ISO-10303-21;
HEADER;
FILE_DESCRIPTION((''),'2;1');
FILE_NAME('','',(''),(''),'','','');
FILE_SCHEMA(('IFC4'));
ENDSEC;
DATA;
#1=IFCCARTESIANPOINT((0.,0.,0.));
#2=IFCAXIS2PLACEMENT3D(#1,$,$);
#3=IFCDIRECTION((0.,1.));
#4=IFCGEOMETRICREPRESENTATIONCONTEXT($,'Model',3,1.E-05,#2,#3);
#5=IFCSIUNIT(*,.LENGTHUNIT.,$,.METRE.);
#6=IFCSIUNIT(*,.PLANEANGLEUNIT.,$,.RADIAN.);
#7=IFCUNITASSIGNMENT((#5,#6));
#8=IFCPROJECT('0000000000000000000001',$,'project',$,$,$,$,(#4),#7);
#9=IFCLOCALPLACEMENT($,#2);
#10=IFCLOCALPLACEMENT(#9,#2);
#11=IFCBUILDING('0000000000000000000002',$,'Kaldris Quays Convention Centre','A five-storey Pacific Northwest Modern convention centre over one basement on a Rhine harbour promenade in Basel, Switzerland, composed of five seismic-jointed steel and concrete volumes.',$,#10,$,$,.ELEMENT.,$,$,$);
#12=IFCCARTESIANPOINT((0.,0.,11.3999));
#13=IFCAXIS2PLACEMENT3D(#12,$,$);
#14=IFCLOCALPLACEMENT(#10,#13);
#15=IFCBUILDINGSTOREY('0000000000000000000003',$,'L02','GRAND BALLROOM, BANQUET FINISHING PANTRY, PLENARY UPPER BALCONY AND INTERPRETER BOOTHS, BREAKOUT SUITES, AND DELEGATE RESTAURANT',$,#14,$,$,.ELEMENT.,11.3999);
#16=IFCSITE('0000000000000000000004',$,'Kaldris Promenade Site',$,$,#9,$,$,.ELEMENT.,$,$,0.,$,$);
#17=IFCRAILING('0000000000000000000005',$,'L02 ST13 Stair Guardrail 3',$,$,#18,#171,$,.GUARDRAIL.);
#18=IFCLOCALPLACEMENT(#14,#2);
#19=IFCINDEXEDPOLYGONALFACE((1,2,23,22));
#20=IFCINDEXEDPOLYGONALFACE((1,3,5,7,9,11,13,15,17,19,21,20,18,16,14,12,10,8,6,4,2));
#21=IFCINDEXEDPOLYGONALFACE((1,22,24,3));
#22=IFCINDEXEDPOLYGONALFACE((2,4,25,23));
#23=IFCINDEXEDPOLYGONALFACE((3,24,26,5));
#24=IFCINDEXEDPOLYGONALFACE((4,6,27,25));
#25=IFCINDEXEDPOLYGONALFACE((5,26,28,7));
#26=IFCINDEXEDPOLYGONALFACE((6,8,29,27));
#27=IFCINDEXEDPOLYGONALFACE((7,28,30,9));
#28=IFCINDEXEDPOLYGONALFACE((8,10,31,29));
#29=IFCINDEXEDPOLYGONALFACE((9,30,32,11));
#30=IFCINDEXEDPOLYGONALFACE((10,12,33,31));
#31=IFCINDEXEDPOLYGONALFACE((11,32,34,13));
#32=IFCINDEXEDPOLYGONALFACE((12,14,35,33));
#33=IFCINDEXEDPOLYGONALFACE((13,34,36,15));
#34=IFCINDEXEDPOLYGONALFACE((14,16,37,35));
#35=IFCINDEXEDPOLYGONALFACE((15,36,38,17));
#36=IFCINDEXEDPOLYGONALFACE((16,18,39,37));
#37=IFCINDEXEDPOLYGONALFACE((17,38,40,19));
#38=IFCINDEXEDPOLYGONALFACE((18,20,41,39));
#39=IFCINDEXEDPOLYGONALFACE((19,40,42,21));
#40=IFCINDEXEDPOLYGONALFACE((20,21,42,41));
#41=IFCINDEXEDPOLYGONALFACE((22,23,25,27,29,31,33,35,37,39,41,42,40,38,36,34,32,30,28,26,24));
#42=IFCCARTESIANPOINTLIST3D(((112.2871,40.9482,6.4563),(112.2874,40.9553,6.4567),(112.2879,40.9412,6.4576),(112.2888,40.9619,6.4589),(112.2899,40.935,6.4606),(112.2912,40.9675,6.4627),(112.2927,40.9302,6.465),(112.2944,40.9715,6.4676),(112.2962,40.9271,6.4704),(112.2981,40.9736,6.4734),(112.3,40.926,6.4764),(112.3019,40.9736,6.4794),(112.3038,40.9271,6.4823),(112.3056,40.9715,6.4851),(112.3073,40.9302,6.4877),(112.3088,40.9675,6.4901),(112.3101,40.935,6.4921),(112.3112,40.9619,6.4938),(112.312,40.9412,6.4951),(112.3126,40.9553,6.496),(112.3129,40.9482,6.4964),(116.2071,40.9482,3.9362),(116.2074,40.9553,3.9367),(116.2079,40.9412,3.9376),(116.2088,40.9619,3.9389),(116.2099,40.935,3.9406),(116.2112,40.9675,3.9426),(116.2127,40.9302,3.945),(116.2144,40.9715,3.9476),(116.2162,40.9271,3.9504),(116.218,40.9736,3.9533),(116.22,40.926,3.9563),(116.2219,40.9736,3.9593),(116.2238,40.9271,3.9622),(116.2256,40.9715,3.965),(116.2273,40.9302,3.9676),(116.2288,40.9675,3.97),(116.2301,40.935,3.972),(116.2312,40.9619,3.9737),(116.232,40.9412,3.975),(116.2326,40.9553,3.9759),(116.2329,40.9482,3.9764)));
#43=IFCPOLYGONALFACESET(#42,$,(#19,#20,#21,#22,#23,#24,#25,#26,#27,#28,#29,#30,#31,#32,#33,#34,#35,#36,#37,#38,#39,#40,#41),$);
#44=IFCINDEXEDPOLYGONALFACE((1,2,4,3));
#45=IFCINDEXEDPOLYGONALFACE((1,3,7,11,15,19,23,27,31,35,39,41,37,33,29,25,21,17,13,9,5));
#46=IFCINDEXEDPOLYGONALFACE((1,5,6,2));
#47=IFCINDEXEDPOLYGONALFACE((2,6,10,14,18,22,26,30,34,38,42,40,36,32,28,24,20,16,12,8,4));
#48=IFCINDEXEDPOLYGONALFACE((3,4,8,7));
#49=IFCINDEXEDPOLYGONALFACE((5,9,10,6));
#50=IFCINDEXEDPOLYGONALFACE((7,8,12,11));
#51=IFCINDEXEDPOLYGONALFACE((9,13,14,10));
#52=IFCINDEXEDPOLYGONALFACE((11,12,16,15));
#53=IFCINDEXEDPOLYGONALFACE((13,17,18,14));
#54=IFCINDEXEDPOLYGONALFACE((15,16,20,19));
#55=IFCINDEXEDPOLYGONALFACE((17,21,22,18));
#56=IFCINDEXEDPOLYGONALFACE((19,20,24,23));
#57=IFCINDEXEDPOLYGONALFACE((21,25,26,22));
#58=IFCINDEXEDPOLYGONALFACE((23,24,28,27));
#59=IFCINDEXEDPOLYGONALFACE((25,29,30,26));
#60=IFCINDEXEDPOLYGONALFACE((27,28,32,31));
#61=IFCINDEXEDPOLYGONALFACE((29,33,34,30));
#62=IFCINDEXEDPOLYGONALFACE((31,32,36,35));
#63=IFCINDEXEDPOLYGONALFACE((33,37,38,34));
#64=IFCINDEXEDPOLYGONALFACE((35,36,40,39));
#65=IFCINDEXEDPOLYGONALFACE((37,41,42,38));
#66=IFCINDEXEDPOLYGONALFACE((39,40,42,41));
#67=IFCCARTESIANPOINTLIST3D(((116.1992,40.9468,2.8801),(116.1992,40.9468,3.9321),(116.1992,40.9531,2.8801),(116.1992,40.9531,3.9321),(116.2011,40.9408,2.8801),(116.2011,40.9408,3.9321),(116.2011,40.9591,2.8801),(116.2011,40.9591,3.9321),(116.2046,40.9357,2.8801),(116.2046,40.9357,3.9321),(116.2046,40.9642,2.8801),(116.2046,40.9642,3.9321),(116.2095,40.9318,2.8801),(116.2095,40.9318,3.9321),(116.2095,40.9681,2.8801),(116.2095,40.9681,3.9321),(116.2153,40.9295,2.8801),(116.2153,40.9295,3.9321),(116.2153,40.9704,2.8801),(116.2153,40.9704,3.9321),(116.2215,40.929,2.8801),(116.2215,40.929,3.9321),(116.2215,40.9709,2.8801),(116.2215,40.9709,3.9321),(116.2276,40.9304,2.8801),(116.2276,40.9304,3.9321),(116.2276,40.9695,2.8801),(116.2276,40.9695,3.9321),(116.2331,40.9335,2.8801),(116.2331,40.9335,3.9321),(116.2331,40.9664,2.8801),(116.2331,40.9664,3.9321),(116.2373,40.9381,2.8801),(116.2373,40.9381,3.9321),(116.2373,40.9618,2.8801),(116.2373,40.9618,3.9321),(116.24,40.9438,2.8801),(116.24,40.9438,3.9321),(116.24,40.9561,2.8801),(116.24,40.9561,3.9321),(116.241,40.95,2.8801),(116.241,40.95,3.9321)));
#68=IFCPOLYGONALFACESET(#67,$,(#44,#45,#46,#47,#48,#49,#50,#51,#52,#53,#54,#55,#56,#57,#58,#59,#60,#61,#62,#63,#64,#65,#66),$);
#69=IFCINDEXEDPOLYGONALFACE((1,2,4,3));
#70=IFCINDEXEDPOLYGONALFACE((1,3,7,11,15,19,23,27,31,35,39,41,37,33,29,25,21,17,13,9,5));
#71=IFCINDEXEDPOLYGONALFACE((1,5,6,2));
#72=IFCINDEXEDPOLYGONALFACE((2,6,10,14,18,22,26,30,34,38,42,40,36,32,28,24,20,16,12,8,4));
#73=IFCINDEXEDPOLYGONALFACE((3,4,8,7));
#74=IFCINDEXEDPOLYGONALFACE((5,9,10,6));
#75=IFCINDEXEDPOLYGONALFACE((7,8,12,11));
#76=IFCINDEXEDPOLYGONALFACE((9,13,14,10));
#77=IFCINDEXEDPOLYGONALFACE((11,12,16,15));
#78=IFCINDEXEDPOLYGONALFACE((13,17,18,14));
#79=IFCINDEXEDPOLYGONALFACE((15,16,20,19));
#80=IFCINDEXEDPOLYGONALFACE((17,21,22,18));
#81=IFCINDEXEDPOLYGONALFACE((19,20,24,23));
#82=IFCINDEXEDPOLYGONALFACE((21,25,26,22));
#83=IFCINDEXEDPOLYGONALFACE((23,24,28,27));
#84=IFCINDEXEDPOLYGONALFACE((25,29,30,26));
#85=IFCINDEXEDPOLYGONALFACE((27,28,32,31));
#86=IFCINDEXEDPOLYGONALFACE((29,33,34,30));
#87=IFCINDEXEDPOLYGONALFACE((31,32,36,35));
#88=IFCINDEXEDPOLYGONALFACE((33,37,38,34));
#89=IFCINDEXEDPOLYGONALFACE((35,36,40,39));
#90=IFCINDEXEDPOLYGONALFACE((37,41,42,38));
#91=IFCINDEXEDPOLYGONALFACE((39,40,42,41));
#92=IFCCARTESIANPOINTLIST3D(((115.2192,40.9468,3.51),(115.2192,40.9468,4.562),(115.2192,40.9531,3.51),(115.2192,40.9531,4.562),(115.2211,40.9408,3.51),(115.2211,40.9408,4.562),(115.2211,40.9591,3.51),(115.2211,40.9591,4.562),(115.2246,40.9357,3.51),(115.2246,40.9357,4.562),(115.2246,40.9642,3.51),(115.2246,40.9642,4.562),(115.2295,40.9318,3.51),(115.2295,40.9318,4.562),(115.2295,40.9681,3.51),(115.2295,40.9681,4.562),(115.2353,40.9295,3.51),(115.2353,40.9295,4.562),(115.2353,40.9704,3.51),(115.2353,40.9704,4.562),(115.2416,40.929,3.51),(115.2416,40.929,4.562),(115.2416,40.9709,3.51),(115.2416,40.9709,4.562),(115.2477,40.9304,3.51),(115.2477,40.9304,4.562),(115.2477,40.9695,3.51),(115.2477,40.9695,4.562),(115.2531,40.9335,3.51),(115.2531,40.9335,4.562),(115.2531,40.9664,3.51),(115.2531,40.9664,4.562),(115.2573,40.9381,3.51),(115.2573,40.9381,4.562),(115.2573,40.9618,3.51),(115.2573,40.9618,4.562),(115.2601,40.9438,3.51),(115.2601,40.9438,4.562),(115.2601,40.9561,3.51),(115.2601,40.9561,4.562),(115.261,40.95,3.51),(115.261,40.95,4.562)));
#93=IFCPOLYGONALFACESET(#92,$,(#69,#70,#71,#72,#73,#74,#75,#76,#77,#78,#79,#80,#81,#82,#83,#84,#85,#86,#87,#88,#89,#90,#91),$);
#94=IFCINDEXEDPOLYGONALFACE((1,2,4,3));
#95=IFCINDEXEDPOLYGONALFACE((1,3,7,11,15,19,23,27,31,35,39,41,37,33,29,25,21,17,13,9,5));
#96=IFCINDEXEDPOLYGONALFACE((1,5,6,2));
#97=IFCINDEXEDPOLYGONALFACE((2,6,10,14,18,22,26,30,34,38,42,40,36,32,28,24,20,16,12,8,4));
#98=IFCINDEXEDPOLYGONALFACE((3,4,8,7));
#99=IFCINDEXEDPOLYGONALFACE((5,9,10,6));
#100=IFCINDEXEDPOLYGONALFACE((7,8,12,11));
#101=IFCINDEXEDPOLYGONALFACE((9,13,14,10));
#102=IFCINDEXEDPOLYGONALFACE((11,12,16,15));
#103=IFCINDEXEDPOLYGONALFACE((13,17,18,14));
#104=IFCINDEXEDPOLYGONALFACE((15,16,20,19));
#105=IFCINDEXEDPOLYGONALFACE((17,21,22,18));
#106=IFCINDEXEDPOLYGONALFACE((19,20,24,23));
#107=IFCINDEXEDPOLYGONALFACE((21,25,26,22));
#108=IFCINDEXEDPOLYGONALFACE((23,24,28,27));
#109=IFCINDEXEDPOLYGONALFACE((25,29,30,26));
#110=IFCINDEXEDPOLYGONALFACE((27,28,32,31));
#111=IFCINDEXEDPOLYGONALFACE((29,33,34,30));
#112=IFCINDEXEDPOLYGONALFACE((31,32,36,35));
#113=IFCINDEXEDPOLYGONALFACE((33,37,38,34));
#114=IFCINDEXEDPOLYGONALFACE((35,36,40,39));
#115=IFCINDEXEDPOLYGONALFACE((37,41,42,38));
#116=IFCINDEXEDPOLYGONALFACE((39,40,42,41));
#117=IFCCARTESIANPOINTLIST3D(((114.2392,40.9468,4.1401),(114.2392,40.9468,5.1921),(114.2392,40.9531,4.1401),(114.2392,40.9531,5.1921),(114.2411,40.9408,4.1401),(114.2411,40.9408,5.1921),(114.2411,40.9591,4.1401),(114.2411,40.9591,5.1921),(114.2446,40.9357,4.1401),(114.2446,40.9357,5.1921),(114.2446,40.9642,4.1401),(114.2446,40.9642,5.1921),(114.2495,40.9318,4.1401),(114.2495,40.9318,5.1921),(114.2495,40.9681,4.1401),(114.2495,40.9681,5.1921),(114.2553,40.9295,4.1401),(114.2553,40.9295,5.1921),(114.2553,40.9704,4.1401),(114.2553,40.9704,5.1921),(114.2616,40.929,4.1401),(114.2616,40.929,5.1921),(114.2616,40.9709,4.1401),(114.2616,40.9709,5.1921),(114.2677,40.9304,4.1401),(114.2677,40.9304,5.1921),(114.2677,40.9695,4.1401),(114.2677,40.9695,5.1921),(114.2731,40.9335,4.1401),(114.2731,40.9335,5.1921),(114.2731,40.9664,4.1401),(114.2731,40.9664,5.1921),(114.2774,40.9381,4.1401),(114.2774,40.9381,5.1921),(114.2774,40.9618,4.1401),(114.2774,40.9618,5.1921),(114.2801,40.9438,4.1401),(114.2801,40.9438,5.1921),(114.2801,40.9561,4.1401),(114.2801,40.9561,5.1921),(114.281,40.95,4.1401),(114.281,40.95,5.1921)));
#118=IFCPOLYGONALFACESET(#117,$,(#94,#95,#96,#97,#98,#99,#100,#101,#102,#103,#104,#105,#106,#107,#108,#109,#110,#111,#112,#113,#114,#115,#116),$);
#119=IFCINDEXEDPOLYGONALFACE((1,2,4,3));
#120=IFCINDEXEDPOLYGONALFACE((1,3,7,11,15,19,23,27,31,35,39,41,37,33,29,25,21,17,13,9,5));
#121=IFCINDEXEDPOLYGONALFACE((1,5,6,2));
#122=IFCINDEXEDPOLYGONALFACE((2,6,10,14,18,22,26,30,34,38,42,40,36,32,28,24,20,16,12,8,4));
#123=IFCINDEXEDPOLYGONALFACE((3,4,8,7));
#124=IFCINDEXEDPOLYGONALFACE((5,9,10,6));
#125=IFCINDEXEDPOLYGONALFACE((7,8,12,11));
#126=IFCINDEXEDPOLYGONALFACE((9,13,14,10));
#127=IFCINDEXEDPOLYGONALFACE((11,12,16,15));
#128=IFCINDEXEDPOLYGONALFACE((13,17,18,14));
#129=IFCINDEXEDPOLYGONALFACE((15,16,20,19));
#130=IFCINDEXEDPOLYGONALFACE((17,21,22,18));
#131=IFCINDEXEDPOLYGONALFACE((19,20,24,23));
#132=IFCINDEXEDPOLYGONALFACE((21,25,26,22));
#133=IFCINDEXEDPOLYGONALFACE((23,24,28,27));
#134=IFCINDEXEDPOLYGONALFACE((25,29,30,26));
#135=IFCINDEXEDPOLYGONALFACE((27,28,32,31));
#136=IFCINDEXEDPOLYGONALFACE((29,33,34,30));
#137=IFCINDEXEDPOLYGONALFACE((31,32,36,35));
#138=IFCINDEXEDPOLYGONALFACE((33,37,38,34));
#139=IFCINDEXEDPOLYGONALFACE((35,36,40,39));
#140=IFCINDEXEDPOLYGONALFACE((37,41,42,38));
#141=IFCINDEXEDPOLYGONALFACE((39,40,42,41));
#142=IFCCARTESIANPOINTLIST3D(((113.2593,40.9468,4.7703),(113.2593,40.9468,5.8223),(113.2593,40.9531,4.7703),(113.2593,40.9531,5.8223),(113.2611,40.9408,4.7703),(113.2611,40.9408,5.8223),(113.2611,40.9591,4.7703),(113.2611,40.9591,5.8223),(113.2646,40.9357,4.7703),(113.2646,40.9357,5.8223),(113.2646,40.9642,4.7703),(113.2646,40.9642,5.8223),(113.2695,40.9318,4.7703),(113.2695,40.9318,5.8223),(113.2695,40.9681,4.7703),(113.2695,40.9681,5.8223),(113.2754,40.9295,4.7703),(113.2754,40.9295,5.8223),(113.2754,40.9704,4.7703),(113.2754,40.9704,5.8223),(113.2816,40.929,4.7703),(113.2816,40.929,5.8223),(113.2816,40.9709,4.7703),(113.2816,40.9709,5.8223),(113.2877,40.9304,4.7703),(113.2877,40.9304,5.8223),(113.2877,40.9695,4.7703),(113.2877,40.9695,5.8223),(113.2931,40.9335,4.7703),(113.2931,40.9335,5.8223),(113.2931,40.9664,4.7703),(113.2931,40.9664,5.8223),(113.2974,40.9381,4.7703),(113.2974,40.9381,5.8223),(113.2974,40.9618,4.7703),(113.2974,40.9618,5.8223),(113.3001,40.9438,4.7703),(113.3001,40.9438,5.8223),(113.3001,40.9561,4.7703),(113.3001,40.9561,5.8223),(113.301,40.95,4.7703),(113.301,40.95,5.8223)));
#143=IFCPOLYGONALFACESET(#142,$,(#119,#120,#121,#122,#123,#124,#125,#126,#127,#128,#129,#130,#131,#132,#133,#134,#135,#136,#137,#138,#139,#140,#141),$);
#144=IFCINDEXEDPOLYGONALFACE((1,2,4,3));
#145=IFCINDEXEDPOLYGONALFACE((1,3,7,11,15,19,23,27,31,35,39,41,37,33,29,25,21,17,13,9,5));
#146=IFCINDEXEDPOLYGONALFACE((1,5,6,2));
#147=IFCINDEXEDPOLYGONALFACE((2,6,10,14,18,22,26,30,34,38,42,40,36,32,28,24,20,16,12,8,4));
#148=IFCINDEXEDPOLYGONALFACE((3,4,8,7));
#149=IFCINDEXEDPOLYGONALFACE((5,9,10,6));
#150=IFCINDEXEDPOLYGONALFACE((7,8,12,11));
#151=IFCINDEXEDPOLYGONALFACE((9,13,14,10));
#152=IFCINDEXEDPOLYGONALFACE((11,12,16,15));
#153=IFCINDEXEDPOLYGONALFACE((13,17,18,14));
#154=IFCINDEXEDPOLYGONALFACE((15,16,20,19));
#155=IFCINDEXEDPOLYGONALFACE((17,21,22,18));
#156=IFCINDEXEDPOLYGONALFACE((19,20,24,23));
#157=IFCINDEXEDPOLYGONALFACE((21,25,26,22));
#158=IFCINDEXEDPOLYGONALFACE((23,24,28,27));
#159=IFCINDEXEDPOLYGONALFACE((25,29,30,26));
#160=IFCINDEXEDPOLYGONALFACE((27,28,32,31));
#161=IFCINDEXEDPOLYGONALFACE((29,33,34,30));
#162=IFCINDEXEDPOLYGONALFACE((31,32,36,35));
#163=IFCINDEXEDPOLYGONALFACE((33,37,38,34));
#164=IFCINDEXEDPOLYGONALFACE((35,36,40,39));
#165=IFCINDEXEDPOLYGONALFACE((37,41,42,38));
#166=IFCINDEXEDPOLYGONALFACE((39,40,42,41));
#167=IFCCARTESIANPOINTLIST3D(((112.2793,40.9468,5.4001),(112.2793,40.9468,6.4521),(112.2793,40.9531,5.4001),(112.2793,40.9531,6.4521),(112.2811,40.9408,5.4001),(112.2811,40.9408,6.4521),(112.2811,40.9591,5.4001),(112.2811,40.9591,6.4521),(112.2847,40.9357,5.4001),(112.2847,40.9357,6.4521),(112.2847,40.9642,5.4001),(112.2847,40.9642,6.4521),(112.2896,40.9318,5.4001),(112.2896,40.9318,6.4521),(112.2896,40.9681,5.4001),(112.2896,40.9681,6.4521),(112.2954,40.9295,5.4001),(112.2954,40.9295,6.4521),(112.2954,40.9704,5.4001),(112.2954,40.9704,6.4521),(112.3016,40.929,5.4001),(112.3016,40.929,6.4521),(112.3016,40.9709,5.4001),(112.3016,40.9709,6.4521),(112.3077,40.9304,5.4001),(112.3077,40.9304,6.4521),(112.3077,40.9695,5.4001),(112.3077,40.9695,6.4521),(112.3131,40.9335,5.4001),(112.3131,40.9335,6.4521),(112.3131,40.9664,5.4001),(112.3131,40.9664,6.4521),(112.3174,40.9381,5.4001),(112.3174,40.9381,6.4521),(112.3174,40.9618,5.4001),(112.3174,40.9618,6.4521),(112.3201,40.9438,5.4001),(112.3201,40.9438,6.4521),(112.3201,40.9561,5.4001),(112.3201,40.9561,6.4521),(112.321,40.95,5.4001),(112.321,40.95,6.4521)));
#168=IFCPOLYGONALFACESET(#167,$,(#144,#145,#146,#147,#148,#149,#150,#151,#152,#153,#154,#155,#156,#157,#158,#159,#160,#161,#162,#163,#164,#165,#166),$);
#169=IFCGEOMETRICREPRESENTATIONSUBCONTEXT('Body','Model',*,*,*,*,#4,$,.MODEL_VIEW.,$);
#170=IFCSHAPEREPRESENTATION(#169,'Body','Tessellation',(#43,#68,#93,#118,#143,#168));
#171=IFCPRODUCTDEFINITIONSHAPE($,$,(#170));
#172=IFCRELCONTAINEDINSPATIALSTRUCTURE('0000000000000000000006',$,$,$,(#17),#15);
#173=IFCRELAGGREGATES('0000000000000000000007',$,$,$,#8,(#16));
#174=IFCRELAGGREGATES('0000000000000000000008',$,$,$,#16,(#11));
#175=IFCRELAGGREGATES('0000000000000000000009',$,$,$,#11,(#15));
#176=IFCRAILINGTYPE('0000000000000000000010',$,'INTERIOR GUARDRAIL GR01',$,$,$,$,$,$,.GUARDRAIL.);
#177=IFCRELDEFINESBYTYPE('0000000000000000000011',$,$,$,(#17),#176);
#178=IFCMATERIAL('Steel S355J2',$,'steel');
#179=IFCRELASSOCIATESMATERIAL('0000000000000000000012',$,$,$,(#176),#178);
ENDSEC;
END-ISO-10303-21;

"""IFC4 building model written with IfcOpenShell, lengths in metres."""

from ifc_helpers import new_model, si_unit, direction, frame, origin, origin_2d, place, context, subcontext, project, spatial, circle, extrude, material, type_object, element, save


model = new_model("IFC4")

# Units and contexts
model_context = context("Model", 3, precision=1e-05, world=origin(), true_north=direction((0.0, 1.0)))
body_context = subcontext(model_context, "Body", "Model", "MODEL_VIEW")
ifc_project = project(units=[si_unit("LENGTHUNIT", "METRE"), si_unit("PLANEANGLEUNIT", "RADIAN")], contexts=[model_context])

# Site, building, storey
site_placement = place(None, origin())
site = spatial("IfcSite", under=ifc_project, at=site_placement, Name="Kaldris Promenade Site", CompositionType="ELEMENT", RefElevation=0.0)
building_placement = place(site_placement, origin())
building = spatial("IfcBuilding", under=site, at=building_placement, Name="Kaldris Quays Convention Centre", Description="A five-storey Pacific Northwest Modern convention centre over one basement on a Rhine harbour promenade in Basel, Switzerland, composed of five seismic-jointed steel and concrete volumes.", CompositionType="ELEMENT")
storey_placement = place(building_placement, frame((0.0, 0.0, 11.3999)))
storey = spatial("IfcBuildingStorey", under=building, at=storey_placement, Name="L02", Description="GRAND BALLROOM, BANQUET FINISHING PANTRY, PLENARY UPPER BALCONY AND INTERPRETER BOOTHS, BREAKOUT SUITES, AND DELEGATE RESTAURANT", CompositionType="ELEMENT", Elevation=11.3999)

# Railing
ifc_material_1 = material(Name="Steel S355J2", Category="steel")
railing_type = type_object("IfcRailingType", Name="INTERIOR GUARDRAIL GR01", PredefinedType="GUARDRAIL", material=ifc_material_1)
railing_1_placement = place(storey_placement, frame((116.22, 40.95, 2.8801)))
element("IfcRailing", 1, at=railing_1_placement, inside=storey, type_object=railing_type, Name="L02 ST13 Stair Guardrail 3", PredefinedType="GUARDRAIL", context=body_context, shape_type="SweptSolid", body=[
    extrude(circle(Radius=0.0239, at=origin_2d()), frame((0.0, 0.0, 1.0762), z_axis=(-0.841172, 0.0, 0.540768), x_axis=(0.0, -1.0, 0.0)), (0.0, 0.0, 1.0), 4.6602),
    extrude(circle(Radius=0.021, at=origin_2d()), origin(), (0.0, 0.0, 1.0), 1.052),
    extrude(circle(Radius=0.021, at=origin_2d()), frame((-0.98, 0.0, 0.6299)), (0.0, 0.0, 1.0), 1.052),
    extrude(circle(Radius=0.021, at=origin_2d()), frame((-1.96, 0.0, 1.26)), (0.0, 0.0, 1.0), 1.052),
    extrude(circle(Radius=0.021, at=origin_2d()), frame((-2.9399, 0.0, 1.8901)), (0.0, 0.0, 1.0), 1.052),
    extrude(circle(Radius=0.021, at=origin_2d()), frame((-3.9199, 0.0, 2.52)), (0.0, 0.0, 1.0), 1.052),
])

save(model, "model.ifc")
